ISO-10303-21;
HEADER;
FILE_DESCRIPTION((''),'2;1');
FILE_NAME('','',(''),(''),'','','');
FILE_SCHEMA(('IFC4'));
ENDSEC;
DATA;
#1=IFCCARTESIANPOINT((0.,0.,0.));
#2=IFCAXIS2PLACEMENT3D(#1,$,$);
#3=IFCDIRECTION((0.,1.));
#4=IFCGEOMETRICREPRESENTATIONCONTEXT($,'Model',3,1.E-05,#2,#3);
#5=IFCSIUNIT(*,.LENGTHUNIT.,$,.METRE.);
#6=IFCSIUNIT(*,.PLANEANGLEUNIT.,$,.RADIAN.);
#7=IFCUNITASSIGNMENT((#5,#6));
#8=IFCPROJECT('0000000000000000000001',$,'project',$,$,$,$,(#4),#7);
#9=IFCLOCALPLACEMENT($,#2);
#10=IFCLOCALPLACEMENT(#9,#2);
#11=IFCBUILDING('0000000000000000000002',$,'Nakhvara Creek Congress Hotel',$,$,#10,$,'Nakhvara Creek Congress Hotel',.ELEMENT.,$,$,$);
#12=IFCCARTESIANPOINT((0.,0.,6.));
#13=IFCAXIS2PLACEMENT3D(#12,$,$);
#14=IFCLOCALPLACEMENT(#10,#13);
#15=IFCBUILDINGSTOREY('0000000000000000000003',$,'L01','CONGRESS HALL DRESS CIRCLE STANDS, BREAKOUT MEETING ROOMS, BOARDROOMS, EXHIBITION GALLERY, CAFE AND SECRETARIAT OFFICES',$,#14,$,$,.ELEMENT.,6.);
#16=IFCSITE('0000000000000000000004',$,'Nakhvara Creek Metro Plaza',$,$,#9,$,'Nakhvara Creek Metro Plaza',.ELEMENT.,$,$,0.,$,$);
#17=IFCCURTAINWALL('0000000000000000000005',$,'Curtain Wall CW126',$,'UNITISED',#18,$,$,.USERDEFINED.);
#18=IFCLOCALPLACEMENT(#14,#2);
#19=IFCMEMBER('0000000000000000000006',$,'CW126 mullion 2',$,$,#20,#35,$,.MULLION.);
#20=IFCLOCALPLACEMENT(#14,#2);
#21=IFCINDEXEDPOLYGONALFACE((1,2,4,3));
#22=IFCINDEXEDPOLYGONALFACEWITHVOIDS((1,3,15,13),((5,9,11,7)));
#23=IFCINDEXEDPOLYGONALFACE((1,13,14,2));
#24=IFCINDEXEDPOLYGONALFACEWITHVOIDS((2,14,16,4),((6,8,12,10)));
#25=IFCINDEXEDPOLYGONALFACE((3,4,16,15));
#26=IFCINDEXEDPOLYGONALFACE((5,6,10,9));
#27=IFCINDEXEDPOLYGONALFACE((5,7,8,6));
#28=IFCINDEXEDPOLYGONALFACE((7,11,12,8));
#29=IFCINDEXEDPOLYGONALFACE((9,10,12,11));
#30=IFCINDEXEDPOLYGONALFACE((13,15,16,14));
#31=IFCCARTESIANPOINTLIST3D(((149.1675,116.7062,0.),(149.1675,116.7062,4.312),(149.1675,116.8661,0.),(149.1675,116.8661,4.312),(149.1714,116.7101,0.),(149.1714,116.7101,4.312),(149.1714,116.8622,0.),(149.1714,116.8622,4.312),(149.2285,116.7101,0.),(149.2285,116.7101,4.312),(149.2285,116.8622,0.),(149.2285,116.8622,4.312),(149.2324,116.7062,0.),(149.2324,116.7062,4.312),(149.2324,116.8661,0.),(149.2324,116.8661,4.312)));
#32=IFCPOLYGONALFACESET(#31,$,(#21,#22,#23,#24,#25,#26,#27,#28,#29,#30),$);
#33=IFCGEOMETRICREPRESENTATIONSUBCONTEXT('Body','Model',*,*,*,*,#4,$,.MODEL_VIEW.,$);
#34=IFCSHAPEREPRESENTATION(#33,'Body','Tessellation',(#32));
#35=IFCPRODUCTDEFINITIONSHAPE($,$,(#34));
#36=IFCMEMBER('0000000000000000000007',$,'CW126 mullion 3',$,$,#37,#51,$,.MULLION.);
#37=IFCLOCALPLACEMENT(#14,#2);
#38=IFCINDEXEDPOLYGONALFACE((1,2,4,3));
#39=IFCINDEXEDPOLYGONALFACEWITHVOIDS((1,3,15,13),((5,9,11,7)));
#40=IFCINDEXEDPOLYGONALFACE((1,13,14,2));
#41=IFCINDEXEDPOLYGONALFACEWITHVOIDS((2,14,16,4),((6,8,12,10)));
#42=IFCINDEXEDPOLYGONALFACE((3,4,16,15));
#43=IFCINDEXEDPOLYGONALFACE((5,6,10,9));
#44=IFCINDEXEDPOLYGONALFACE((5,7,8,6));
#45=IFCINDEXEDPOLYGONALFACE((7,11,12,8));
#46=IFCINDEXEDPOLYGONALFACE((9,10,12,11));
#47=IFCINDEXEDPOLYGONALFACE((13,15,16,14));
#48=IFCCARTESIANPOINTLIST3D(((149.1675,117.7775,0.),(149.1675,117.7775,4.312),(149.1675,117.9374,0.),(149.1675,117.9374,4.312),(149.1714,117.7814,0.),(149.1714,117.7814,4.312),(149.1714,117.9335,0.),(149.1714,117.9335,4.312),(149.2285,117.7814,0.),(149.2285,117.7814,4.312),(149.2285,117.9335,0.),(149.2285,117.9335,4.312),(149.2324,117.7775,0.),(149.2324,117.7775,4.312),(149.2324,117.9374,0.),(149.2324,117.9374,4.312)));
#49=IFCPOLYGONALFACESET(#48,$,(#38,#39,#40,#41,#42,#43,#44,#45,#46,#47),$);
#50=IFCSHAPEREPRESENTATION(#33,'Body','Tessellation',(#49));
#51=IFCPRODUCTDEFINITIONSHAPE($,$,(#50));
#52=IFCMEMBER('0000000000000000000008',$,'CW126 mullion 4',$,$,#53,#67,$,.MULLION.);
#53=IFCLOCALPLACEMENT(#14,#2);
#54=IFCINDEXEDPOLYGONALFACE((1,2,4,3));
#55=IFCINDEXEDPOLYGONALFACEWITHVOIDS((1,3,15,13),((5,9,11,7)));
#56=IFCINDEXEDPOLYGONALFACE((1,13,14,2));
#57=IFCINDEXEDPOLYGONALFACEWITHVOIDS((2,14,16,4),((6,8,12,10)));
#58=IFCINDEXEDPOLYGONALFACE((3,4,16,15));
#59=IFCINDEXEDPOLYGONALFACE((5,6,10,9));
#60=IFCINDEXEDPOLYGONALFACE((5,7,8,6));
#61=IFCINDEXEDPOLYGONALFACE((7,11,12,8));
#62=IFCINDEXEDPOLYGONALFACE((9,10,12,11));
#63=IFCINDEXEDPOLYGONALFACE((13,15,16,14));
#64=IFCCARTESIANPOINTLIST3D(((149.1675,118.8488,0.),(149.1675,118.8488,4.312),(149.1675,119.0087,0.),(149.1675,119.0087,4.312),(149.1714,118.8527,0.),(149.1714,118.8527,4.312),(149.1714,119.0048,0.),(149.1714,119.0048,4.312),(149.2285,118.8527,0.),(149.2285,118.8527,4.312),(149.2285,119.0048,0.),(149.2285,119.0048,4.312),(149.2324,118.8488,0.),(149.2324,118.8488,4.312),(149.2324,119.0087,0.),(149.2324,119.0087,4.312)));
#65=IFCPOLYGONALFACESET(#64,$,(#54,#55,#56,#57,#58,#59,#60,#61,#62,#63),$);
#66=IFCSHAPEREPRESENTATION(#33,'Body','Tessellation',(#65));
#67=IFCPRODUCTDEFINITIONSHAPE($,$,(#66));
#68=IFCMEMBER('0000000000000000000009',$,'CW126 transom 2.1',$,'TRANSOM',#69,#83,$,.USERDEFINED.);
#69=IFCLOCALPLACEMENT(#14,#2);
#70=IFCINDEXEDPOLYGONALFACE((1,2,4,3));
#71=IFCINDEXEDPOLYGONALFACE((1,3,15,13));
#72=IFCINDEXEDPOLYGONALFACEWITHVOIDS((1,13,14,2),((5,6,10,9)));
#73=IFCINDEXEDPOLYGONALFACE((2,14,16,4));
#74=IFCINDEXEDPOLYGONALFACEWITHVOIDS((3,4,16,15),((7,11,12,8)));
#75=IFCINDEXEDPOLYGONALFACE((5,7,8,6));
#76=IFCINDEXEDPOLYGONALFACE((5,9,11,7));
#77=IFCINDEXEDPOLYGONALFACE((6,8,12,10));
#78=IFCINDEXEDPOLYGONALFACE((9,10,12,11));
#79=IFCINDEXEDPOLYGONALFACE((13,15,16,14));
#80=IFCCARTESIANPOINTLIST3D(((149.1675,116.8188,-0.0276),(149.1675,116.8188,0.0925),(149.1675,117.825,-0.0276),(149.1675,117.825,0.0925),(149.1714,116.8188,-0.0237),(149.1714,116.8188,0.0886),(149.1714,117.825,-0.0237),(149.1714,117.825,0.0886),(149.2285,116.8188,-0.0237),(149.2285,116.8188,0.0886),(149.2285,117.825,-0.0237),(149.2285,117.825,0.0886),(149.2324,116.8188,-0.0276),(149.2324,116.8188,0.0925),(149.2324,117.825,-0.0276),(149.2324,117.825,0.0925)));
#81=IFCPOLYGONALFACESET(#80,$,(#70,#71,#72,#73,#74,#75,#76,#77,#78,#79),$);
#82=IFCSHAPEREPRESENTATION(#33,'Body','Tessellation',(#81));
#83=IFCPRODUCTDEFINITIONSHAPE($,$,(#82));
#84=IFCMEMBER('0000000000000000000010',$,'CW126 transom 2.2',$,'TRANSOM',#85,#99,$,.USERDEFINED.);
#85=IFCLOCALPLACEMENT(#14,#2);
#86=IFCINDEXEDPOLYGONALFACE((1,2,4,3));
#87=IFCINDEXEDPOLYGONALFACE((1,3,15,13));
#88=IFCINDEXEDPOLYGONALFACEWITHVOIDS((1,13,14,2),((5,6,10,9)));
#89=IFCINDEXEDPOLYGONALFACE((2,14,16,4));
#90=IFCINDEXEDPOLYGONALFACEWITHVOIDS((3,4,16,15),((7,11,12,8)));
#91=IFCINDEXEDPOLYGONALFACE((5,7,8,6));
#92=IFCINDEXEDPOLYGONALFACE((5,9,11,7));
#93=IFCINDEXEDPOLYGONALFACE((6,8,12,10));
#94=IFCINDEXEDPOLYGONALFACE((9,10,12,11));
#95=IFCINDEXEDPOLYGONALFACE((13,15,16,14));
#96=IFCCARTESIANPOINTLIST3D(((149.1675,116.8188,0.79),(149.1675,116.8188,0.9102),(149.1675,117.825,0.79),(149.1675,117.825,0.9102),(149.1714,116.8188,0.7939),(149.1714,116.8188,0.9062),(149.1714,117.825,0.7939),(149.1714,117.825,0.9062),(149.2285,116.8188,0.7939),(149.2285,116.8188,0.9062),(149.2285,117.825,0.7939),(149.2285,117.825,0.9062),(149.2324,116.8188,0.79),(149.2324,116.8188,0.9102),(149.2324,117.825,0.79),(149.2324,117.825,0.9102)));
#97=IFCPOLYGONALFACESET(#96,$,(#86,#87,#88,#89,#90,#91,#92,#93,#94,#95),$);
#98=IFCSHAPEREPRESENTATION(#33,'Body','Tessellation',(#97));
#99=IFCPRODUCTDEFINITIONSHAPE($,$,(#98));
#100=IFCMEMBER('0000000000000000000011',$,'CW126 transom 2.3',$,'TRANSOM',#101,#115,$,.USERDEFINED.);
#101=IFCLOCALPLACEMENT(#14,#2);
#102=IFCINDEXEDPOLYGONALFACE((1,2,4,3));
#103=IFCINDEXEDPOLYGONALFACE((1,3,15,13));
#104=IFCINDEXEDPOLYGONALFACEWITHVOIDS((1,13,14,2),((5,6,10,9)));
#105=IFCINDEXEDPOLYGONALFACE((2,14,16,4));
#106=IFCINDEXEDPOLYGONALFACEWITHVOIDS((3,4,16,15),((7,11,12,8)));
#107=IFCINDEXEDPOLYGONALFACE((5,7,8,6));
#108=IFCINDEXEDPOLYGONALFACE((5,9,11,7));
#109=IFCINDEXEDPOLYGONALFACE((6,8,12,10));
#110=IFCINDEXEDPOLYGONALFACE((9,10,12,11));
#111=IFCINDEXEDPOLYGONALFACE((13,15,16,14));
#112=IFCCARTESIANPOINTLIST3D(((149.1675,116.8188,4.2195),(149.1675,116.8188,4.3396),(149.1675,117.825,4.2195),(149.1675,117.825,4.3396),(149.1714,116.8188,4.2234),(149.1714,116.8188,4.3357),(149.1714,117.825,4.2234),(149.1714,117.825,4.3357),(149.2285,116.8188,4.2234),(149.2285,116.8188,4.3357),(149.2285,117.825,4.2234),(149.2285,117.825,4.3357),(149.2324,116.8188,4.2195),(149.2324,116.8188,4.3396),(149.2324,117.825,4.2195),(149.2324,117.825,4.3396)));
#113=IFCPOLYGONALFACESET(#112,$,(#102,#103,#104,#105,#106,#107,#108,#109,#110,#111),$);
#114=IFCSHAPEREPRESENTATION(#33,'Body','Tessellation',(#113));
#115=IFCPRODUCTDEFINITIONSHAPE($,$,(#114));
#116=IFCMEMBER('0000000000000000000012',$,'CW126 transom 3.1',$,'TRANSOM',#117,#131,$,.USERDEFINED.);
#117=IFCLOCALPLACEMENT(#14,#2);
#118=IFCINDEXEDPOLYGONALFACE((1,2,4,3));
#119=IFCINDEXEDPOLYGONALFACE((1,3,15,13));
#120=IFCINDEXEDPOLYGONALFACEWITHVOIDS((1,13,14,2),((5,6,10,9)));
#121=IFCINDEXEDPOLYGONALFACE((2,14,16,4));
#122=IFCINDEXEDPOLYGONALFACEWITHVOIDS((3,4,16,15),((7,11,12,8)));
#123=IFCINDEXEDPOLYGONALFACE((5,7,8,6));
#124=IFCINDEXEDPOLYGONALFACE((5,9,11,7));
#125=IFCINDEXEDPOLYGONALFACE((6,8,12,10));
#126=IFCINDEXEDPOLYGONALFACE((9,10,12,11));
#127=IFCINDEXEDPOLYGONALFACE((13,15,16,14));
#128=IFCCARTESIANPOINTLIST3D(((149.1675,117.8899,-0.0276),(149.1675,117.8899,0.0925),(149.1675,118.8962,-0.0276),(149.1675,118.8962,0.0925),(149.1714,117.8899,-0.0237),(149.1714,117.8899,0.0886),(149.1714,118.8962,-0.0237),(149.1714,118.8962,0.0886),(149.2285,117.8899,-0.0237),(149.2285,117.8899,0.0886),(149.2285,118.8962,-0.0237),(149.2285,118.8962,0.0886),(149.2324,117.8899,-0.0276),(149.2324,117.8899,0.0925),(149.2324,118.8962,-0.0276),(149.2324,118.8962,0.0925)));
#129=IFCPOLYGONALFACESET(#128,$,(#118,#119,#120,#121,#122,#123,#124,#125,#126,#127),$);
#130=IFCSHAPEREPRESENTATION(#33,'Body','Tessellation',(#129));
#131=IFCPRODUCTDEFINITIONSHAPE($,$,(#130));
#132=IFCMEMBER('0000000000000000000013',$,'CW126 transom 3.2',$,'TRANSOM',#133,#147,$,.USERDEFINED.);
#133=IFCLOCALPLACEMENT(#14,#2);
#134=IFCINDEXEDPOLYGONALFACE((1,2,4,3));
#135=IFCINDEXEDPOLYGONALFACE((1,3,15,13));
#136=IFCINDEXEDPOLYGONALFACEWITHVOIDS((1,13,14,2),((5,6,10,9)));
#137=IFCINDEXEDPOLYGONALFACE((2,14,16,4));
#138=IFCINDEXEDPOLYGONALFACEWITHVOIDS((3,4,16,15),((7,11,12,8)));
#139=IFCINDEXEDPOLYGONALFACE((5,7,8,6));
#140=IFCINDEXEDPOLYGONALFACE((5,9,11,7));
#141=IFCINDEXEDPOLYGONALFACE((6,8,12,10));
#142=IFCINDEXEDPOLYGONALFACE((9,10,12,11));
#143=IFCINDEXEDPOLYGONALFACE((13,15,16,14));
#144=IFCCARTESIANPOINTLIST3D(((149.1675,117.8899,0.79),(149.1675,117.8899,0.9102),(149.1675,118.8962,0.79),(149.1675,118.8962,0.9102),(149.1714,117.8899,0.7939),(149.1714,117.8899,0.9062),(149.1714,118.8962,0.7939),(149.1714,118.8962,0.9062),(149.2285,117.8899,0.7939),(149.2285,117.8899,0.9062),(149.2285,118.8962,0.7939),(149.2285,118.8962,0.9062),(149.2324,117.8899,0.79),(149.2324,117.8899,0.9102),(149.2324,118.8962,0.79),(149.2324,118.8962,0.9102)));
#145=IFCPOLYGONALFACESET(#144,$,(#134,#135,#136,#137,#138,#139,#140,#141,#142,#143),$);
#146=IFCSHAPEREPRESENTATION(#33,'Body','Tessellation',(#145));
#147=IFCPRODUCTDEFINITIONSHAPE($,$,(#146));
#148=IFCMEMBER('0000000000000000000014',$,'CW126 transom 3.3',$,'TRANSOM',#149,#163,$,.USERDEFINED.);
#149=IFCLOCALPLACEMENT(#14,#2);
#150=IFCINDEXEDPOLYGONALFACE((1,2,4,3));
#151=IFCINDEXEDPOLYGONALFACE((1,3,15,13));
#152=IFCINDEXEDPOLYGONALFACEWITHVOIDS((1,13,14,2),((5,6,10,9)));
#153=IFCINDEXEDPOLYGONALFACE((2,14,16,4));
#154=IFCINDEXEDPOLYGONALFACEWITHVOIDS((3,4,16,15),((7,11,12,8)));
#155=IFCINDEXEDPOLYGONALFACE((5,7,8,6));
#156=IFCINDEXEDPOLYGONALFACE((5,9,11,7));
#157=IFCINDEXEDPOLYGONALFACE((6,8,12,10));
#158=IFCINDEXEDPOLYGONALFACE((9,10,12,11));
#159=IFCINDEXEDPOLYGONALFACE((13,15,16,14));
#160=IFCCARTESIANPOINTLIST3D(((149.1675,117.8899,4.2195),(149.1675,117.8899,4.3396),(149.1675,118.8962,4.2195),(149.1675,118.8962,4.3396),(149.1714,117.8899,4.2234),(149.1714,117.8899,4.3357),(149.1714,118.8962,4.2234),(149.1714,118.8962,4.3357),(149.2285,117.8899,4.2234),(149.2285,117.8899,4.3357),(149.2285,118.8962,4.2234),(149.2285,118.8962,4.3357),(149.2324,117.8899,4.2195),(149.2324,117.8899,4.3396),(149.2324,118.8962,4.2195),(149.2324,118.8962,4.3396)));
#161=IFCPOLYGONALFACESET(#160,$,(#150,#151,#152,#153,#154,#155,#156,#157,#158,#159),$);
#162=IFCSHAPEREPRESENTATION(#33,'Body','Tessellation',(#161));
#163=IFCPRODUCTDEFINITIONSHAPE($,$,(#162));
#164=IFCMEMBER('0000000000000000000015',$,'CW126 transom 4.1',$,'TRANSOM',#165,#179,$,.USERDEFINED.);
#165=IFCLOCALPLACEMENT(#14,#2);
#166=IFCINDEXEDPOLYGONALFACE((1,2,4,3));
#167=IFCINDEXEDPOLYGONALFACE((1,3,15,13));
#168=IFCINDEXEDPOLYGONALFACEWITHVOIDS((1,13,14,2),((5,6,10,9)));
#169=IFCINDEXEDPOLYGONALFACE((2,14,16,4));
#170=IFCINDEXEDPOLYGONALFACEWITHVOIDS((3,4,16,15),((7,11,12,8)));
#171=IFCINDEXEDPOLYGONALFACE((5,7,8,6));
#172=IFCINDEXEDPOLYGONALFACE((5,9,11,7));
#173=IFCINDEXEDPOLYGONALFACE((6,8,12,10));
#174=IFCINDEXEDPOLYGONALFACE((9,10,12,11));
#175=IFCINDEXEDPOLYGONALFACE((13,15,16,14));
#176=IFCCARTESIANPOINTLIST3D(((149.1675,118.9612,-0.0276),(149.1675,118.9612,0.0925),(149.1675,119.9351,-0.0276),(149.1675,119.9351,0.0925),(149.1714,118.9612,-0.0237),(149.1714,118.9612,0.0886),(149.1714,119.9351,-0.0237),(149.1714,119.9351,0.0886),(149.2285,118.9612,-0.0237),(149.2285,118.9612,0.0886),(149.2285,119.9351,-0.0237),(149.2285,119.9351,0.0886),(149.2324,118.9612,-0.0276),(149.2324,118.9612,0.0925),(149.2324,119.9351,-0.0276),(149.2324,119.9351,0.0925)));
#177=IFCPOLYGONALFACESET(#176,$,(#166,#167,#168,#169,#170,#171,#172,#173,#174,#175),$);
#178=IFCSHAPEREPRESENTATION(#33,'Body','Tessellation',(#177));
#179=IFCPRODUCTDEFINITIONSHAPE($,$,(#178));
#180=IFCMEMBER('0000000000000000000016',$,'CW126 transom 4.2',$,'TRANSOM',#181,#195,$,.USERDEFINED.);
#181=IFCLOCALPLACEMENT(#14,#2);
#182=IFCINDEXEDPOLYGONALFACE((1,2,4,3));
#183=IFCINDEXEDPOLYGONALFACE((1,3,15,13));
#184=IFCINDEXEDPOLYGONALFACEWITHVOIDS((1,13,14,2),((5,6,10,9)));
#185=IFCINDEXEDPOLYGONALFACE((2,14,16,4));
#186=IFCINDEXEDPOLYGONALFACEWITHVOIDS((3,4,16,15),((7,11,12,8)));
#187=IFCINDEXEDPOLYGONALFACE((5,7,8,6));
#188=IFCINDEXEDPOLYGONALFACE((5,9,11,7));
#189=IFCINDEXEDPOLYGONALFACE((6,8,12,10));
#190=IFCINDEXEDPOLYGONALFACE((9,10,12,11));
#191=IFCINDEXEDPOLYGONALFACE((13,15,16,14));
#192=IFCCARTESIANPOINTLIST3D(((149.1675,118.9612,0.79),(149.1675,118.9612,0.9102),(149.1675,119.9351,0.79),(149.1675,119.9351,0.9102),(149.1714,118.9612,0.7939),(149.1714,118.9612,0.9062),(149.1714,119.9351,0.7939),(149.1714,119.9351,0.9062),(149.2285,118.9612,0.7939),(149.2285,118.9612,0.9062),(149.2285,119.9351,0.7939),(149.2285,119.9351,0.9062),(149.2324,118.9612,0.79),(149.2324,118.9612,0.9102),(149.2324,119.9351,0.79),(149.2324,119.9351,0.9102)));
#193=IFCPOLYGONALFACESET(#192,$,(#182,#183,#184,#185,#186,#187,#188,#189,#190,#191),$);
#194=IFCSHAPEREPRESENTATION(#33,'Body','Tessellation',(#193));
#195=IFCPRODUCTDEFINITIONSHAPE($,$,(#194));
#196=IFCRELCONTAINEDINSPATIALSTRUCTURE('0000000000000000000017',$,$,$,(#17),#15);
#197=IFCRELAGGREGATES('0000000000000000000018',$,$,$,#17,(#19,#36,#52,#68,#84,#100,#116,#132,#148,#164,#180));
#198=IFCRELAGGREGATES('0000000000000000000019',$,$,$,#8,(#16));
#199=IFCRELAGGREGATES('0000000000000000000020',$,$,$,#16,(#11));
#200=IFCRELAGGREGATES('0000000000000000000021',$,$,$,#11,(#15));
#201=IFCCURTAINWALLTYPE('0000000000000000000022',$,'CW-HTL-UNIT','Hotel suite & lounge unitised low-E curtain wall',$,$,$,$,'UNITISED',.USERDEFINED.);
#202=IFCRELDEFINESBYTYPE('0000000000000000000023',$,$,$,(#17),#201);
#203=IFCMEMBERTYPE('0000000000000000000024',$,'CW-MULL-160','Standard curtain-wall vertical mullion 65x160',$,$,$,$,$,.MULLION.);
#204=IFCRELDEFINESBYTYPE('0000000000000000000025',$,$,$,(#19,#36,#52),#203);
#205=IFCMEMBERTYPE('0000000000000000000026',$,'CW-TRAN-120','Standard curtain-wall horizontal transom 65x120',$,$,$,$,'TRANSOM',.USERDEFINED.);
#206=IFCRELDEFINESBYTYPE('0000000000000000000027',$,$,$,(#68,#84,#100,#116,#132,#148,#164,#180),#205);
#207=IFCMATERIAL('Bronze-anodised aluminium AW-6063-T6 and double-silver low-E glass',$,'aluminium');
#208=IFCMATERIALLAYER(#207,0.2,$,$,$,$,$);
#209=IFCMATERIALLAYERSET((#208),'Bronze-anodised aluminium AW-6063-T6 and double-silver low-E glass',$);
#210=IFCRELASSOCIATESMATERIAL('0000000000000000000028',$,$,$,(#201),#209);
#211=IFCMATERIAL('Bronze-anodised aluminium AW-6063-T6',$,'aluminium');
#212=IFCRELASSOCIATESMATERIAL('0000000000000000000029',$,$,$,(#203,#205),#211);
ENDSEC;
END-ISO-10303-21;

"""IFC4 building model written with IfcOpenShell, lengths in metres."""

from ifc_helpers import new_model, si_unit, direction, frame, origin, origin_2d, place, context, subcontext, project, spatial, hollow_rectangle, extrude, material, layer, layer_set, material_profile, profile_set, type_object, element, aggregate, save


model = new_model("IFC4")

# Units and contexts
model_context = context("Model", 3, precision=1e-05, world=origin(), true_north=direction((0.0, 1.0)))
body_context = subcontext(model_context, "Body", "Model", "MODEL_VIEW")
ifc_project = project(units=[si_unit("LENGTHUNIT", "METRE"), si_unit("PLANEANGLEUNIT", "RADIAN")], contexts=[model_context])

# Site, building, storey
site_placement = place(None, origin())
site = spatial("IfcSite", under=ifc_project, at=site_placement, Name="Nakhvara Creek Metro Plaza", LongName="Nakhvara Creek Metro Plaza", CompositionType="ELEMENT", RefElevation=0.0)
building_placement = place(site_placement, origin())
building = spatial("IfcBuilding", under=site, at=building_placement, Name="Nakhvara Creek Congress Hotel", LongName="Nakhvara Creek Congress Hotel", CompositionType="ELEMENT")
storey_placement = place(building_placement, frame((0.0, 0.0, 6.0)))
storey = spatial("IfcBuildingStorey", under=building, at=storey_placement, Name="L01", Description="CONGRESS HALL DRESS CIRCLE STANDS, BREAKOUT MEETING ROOMS, BOARDROOMS, EXHIBITION GALLERY, CAFE AND SECRETARIAT OFFICES", CompositionType="ELEMENT", Elevation=6.0)

# Curtain wall, members
ifc_material_1 = material(Name="Bronze-anodised aluminium AW-6063-T6 and double-silver low-E glass", Category="aluminium")
ifc_layer_1 = layer(ifc_material_1, 0.2)
ifc_layer_set_1 = layer_set([ifc_layer_1], Name="Bronze-anodised aluminium AW-6063-T6 and double-silver low-E glass")
curtain_wall_type = type_object("IfcCurtainWallType", Name="CW-HTL-UNIT", Description="Hotel suite & lounge unitised low-E curtain wall", ElementType="UNITISED", PredefinedType="USERDEFINED", material=ifc_layer_set_1)
curtain_wall_placement = place(storey_placement, origin())
curtain_wall = element("IfcCurtainWall", 1, at=curtain_wall_placement, inside=storey, type_object=curtain_wall_type, Name="Curtain Wall CW126", ObjectType="UNITISED", PredefinedType="USERDEFINED")
ifc_material_2 = material(Name="Bronze-anodised aluminium AW-6063-T6", Category="aluminium")
ifc_material_profile_1 = material_profile(ifc_material_2, hollow_rectangle(XDim=0.0649, YDim=0.1599, WallThickness=0.0039, at=origin_2d()), Name="ALU-MULL 65x160x4", Category="LoadBearing")
ifc_profile_set_1 = profile_set([ifc_material_profile_1], Name="Bronze-anodised aluminium AW-6063-T6")
member_type_1 = type_object("IfcMemberType", Name="CW-MULL-160", Description="Standard curtain-wall vertical mullion 65x160", PredefinedType="MULLION", material=ifc_profile_set_1)
member_1_placement = place(storey_placement, frame((149.2, 116.7861, 0.0), z_axis=(0.0, 0.0, 1.0), x_axis=(-1.0, 0.0, 0.0)))
member_1 = element("IfcMember", 2, at=member_1_placement, type_object=member_type_1, Name="CW126 mullion 2", PredefinedType="MULLION", context=body_context, shape_type="SweptSolid", body=[
    extrude(hollow_rectangle(XDim=0.0649, YDim=0.1599, WallThickness=0.0039, at=origin_2d()), origin(), (0.0, 0.0, 1.0), 4.312),
])
member_2_placement = place(storey_placement, frame((149.2, 117.8574, 0.0), z_axis=(0.0, 0.0, 1.0), x_axis=(-1.0, 0.0, 0.0)))
member_2 = element("IfcMember", 3, at=member_2_placement, type_object=member_type_1, Name="CW126 mullion 3", PredefinedType="MULLION", context=body_context, shape_type="SweptSolid", body=[
    extrude(hollow_rectangle(XDim=0.0649, YDim=0.1599, WallThickness=0.0039, at=origin_2d()), origin(), (0.0, 0.0, 1.0), 4.312),
])
member_3_placement = place(storey_placement, frame((149.2, 118.9287, 0.0), z_axis=(0.0, 0.0, 1.0), x_axis=(-1.0, 0.0, 0.0)))
member_3 = element("IfcMember", 4, at=member_3_placement, type_object=member_type_1, Name="CW126 mullion 4", PredefinedType="MULLION", context=body_context, shape_type="SweptSolid", body=[
    extrude(hollow_rectangle(XDim=0.0649, YDim=0.1599, WallThickness=0.0039, at=origin_2d()), origin(), (0.0, 0.0, 1.0), 4.312),
])
ifc_material_profile_2 = material_profile(ifc_material_2, hollow_rectangle(XDim=0.0649, YDim=0.1201, WallThickness=0.0039, at=origin_2d()), Name="ALU-TRAN 65x120x4", Category="LoadBearing")
ifc_profile_set_2 = profile_set([ifc_material_profile_2], Name="Bronze-anodised aluminium AW-6063-T6")
member_type_2 = type_object("IfcMemberType", Name="CW-TRAN-120", Description="Standard curtain-wall horizontal transom 65x120", ElementType="TRANSOM", PredefinedType="USERDEFINED", material=ifc_profile_set_2)
member_4_placement = place(storey_placement, frame((149.2, 116.8188, 0.0325), z_axis=(0.0, 1.0, 0.0), x_axis=(-1.0, 0.0, 0.0)))
member_4 = element("IfcMember", 5, at=member_4_placement, type_object=member_type_2, Name="CW126 transom 2.1", ObjectType="TRANSOM", PredefinedType="USERDEFINED", context=body_context, shape_type="SweptSolid", body=[
    extrude(hollow_rectangle(XDim=0.0649, YDim=0.1201, WallThickness=0.0039, at=origin_2d()), origin(), (0.0, 0.0, 1.0), 1.0061),
])
member_5_placement = place(storey_placement, frame((149.2, 116.8188, 0.8501), z_axis=(0.0, 1.0, 0.0), x_axis=(-1.0, 0.0, 0.0)))
member_5 = element("IfcMember", 6, at=member_5_placement, type_object=member_type_2, Name="CW126 transom 2.2", ObjectType="TRANSOM", PredefinedType="USERDEFINED", context=body_context, shape_type="SweptSolid", body=[
    extrude(hollow_rectangle(XDim=0.0649, YDim=0.1201, WallThickness=0.0039, at=origin_2d()), origin(), (0.0, 0.0, 1.0), 1.0061),
])
member_6_placement = place(storey_placement, frame((149.2, 116.8188, 4.2795), z_axis=(0.0, 1.0, 0.0), x_axis=(-1.0, 0.0, 0.0)))
member_6 = element("IfcMember", 7, at=member_6_placement, type_object=member_type_2, Name="CW126 transom 2.3", ObjectType="TRANSOM", PredefinedType="USERDEFINED", context=body_context, shape_type="SweptSolid", body=[
    extrude(hollow_rectangle(XDim=0.0649, YDim=0.1201, WallThickness=0.0039, at=origin_2d()), origin(), (0.0, 0.0, 1.0), 1.0061),
])
member_7_placement = place(storey_placement, frame((149.2, 117.8899, 0.0325), z_axis=(0.0, 1.0, 0.0), x_axis=(-1.0, 0.0, 0.0)))
member_7 = element("IfcMember", 8, at=member_7_placement, type_object=member_type_2, Name="CW126 transom 3.1", ObjectType="TRANSOM", PredefinedType="USERDEFINED", context=body_context, shape_type="SweptSolid", body=[
    extrude(hollow_rectangle(XDim=0.0649, YDim=0.1201, WallThickness=0.0039, at=origin_2d()), origin(), (0.0, 0.0, 1.0), 1.0063),
])
member_8_placement = place(storey_placement, frame((149.2, 117.8899, 0.8501), z_axis=(0.0, 1.0, 0.0), x_axis=(-1.0, 0.0, 0.0)))
member_8 = element("IfcMember", 9, at=member_8_placement, type_object=member_type_2, Name="CW126 transom 3.2", ObjectType="TRANSOM", PredefinedType="USERDEFINED", context=body_context, shape_type="SweptSolid", body=[
    extrude(hollow_rectangle(XDim=0.0649, YDim=0.1201, WallThickness=0.0039, at=origin_2d()), origin(), (0.0, 0.0, 1.0), 1.0063),
])
member_9_placement = place(storey_placement, frame((149.2, 117.8899, 4.2795), z_axis=(0.0, 1.0, 0.0), x_axis=(-1.0, 0.0, 0.0)))
member_9 = element("IfcMember", 10, at=member_9_placement, type_object=member_type_2, Name="CW126 transom 3.3", ObjectType="TRANSOM", PredefinedType="USERDEFINED", context=body_context, shape_type="SweptSolid", body=[
    extrude(hollow_rectangle(XDim=0.0649, YDim=0.1201, WallThickness=0.0039, at=origin_2d()), origin(), (0.0, 0.0, 1.0), 1.0063),
])
member_10_placement = place(storey_placement, frame((149.2, 118.9612, 0.0325), z_axis=(0.0, 1.0, 0.0), x_axis=(-1.0, 0.0, 0.0)))
member_10 = element("IfcMember", 11, at=member_10_placement, type_object=member_type_2, Name="CW126 transom 4.1", ObjectType="TRANSOM", PredefinedType="USERDEFINED", context=body_context, shape_type="SweptSolid", body=[
    extrude(hollow_rectangle(XDim=0.0649, YDim=0.1201, WallThickness=0.0039, at=origin_2d()), origin(), (0.0, 0.0, 1.0), 0.9739),
])
member_11_placement = place(storey_placement, frame((149.2, 118.9612, 0.8501), z_axis=(0.0, 1.0, 0.0), x_axis=(-1.0, 0.0, 0.0)))
member_11 = element("IfcMember", 12, at=member_11_placement, type_object=member_type_2, Name="CW126 transom 4.2", ObjectType="TRANSOM", PredefinedType="USERDEFINED", context=body_context, shape_type="SweptSolid", body=[
    extrude(hollow_rectangle(XDim=0.0649, YDim=0.1201, WallThickness=0.0039, at=origin_2d()), origin(), (0.0, 0.0, 1.0), 0.9739),
])
aggregate(curtain_wall, [member_1, member_2, member_3, member_4, member_5, member_6, member_7, member_8, member_9, member_10, member_11])

save(model, "model.ifc")
